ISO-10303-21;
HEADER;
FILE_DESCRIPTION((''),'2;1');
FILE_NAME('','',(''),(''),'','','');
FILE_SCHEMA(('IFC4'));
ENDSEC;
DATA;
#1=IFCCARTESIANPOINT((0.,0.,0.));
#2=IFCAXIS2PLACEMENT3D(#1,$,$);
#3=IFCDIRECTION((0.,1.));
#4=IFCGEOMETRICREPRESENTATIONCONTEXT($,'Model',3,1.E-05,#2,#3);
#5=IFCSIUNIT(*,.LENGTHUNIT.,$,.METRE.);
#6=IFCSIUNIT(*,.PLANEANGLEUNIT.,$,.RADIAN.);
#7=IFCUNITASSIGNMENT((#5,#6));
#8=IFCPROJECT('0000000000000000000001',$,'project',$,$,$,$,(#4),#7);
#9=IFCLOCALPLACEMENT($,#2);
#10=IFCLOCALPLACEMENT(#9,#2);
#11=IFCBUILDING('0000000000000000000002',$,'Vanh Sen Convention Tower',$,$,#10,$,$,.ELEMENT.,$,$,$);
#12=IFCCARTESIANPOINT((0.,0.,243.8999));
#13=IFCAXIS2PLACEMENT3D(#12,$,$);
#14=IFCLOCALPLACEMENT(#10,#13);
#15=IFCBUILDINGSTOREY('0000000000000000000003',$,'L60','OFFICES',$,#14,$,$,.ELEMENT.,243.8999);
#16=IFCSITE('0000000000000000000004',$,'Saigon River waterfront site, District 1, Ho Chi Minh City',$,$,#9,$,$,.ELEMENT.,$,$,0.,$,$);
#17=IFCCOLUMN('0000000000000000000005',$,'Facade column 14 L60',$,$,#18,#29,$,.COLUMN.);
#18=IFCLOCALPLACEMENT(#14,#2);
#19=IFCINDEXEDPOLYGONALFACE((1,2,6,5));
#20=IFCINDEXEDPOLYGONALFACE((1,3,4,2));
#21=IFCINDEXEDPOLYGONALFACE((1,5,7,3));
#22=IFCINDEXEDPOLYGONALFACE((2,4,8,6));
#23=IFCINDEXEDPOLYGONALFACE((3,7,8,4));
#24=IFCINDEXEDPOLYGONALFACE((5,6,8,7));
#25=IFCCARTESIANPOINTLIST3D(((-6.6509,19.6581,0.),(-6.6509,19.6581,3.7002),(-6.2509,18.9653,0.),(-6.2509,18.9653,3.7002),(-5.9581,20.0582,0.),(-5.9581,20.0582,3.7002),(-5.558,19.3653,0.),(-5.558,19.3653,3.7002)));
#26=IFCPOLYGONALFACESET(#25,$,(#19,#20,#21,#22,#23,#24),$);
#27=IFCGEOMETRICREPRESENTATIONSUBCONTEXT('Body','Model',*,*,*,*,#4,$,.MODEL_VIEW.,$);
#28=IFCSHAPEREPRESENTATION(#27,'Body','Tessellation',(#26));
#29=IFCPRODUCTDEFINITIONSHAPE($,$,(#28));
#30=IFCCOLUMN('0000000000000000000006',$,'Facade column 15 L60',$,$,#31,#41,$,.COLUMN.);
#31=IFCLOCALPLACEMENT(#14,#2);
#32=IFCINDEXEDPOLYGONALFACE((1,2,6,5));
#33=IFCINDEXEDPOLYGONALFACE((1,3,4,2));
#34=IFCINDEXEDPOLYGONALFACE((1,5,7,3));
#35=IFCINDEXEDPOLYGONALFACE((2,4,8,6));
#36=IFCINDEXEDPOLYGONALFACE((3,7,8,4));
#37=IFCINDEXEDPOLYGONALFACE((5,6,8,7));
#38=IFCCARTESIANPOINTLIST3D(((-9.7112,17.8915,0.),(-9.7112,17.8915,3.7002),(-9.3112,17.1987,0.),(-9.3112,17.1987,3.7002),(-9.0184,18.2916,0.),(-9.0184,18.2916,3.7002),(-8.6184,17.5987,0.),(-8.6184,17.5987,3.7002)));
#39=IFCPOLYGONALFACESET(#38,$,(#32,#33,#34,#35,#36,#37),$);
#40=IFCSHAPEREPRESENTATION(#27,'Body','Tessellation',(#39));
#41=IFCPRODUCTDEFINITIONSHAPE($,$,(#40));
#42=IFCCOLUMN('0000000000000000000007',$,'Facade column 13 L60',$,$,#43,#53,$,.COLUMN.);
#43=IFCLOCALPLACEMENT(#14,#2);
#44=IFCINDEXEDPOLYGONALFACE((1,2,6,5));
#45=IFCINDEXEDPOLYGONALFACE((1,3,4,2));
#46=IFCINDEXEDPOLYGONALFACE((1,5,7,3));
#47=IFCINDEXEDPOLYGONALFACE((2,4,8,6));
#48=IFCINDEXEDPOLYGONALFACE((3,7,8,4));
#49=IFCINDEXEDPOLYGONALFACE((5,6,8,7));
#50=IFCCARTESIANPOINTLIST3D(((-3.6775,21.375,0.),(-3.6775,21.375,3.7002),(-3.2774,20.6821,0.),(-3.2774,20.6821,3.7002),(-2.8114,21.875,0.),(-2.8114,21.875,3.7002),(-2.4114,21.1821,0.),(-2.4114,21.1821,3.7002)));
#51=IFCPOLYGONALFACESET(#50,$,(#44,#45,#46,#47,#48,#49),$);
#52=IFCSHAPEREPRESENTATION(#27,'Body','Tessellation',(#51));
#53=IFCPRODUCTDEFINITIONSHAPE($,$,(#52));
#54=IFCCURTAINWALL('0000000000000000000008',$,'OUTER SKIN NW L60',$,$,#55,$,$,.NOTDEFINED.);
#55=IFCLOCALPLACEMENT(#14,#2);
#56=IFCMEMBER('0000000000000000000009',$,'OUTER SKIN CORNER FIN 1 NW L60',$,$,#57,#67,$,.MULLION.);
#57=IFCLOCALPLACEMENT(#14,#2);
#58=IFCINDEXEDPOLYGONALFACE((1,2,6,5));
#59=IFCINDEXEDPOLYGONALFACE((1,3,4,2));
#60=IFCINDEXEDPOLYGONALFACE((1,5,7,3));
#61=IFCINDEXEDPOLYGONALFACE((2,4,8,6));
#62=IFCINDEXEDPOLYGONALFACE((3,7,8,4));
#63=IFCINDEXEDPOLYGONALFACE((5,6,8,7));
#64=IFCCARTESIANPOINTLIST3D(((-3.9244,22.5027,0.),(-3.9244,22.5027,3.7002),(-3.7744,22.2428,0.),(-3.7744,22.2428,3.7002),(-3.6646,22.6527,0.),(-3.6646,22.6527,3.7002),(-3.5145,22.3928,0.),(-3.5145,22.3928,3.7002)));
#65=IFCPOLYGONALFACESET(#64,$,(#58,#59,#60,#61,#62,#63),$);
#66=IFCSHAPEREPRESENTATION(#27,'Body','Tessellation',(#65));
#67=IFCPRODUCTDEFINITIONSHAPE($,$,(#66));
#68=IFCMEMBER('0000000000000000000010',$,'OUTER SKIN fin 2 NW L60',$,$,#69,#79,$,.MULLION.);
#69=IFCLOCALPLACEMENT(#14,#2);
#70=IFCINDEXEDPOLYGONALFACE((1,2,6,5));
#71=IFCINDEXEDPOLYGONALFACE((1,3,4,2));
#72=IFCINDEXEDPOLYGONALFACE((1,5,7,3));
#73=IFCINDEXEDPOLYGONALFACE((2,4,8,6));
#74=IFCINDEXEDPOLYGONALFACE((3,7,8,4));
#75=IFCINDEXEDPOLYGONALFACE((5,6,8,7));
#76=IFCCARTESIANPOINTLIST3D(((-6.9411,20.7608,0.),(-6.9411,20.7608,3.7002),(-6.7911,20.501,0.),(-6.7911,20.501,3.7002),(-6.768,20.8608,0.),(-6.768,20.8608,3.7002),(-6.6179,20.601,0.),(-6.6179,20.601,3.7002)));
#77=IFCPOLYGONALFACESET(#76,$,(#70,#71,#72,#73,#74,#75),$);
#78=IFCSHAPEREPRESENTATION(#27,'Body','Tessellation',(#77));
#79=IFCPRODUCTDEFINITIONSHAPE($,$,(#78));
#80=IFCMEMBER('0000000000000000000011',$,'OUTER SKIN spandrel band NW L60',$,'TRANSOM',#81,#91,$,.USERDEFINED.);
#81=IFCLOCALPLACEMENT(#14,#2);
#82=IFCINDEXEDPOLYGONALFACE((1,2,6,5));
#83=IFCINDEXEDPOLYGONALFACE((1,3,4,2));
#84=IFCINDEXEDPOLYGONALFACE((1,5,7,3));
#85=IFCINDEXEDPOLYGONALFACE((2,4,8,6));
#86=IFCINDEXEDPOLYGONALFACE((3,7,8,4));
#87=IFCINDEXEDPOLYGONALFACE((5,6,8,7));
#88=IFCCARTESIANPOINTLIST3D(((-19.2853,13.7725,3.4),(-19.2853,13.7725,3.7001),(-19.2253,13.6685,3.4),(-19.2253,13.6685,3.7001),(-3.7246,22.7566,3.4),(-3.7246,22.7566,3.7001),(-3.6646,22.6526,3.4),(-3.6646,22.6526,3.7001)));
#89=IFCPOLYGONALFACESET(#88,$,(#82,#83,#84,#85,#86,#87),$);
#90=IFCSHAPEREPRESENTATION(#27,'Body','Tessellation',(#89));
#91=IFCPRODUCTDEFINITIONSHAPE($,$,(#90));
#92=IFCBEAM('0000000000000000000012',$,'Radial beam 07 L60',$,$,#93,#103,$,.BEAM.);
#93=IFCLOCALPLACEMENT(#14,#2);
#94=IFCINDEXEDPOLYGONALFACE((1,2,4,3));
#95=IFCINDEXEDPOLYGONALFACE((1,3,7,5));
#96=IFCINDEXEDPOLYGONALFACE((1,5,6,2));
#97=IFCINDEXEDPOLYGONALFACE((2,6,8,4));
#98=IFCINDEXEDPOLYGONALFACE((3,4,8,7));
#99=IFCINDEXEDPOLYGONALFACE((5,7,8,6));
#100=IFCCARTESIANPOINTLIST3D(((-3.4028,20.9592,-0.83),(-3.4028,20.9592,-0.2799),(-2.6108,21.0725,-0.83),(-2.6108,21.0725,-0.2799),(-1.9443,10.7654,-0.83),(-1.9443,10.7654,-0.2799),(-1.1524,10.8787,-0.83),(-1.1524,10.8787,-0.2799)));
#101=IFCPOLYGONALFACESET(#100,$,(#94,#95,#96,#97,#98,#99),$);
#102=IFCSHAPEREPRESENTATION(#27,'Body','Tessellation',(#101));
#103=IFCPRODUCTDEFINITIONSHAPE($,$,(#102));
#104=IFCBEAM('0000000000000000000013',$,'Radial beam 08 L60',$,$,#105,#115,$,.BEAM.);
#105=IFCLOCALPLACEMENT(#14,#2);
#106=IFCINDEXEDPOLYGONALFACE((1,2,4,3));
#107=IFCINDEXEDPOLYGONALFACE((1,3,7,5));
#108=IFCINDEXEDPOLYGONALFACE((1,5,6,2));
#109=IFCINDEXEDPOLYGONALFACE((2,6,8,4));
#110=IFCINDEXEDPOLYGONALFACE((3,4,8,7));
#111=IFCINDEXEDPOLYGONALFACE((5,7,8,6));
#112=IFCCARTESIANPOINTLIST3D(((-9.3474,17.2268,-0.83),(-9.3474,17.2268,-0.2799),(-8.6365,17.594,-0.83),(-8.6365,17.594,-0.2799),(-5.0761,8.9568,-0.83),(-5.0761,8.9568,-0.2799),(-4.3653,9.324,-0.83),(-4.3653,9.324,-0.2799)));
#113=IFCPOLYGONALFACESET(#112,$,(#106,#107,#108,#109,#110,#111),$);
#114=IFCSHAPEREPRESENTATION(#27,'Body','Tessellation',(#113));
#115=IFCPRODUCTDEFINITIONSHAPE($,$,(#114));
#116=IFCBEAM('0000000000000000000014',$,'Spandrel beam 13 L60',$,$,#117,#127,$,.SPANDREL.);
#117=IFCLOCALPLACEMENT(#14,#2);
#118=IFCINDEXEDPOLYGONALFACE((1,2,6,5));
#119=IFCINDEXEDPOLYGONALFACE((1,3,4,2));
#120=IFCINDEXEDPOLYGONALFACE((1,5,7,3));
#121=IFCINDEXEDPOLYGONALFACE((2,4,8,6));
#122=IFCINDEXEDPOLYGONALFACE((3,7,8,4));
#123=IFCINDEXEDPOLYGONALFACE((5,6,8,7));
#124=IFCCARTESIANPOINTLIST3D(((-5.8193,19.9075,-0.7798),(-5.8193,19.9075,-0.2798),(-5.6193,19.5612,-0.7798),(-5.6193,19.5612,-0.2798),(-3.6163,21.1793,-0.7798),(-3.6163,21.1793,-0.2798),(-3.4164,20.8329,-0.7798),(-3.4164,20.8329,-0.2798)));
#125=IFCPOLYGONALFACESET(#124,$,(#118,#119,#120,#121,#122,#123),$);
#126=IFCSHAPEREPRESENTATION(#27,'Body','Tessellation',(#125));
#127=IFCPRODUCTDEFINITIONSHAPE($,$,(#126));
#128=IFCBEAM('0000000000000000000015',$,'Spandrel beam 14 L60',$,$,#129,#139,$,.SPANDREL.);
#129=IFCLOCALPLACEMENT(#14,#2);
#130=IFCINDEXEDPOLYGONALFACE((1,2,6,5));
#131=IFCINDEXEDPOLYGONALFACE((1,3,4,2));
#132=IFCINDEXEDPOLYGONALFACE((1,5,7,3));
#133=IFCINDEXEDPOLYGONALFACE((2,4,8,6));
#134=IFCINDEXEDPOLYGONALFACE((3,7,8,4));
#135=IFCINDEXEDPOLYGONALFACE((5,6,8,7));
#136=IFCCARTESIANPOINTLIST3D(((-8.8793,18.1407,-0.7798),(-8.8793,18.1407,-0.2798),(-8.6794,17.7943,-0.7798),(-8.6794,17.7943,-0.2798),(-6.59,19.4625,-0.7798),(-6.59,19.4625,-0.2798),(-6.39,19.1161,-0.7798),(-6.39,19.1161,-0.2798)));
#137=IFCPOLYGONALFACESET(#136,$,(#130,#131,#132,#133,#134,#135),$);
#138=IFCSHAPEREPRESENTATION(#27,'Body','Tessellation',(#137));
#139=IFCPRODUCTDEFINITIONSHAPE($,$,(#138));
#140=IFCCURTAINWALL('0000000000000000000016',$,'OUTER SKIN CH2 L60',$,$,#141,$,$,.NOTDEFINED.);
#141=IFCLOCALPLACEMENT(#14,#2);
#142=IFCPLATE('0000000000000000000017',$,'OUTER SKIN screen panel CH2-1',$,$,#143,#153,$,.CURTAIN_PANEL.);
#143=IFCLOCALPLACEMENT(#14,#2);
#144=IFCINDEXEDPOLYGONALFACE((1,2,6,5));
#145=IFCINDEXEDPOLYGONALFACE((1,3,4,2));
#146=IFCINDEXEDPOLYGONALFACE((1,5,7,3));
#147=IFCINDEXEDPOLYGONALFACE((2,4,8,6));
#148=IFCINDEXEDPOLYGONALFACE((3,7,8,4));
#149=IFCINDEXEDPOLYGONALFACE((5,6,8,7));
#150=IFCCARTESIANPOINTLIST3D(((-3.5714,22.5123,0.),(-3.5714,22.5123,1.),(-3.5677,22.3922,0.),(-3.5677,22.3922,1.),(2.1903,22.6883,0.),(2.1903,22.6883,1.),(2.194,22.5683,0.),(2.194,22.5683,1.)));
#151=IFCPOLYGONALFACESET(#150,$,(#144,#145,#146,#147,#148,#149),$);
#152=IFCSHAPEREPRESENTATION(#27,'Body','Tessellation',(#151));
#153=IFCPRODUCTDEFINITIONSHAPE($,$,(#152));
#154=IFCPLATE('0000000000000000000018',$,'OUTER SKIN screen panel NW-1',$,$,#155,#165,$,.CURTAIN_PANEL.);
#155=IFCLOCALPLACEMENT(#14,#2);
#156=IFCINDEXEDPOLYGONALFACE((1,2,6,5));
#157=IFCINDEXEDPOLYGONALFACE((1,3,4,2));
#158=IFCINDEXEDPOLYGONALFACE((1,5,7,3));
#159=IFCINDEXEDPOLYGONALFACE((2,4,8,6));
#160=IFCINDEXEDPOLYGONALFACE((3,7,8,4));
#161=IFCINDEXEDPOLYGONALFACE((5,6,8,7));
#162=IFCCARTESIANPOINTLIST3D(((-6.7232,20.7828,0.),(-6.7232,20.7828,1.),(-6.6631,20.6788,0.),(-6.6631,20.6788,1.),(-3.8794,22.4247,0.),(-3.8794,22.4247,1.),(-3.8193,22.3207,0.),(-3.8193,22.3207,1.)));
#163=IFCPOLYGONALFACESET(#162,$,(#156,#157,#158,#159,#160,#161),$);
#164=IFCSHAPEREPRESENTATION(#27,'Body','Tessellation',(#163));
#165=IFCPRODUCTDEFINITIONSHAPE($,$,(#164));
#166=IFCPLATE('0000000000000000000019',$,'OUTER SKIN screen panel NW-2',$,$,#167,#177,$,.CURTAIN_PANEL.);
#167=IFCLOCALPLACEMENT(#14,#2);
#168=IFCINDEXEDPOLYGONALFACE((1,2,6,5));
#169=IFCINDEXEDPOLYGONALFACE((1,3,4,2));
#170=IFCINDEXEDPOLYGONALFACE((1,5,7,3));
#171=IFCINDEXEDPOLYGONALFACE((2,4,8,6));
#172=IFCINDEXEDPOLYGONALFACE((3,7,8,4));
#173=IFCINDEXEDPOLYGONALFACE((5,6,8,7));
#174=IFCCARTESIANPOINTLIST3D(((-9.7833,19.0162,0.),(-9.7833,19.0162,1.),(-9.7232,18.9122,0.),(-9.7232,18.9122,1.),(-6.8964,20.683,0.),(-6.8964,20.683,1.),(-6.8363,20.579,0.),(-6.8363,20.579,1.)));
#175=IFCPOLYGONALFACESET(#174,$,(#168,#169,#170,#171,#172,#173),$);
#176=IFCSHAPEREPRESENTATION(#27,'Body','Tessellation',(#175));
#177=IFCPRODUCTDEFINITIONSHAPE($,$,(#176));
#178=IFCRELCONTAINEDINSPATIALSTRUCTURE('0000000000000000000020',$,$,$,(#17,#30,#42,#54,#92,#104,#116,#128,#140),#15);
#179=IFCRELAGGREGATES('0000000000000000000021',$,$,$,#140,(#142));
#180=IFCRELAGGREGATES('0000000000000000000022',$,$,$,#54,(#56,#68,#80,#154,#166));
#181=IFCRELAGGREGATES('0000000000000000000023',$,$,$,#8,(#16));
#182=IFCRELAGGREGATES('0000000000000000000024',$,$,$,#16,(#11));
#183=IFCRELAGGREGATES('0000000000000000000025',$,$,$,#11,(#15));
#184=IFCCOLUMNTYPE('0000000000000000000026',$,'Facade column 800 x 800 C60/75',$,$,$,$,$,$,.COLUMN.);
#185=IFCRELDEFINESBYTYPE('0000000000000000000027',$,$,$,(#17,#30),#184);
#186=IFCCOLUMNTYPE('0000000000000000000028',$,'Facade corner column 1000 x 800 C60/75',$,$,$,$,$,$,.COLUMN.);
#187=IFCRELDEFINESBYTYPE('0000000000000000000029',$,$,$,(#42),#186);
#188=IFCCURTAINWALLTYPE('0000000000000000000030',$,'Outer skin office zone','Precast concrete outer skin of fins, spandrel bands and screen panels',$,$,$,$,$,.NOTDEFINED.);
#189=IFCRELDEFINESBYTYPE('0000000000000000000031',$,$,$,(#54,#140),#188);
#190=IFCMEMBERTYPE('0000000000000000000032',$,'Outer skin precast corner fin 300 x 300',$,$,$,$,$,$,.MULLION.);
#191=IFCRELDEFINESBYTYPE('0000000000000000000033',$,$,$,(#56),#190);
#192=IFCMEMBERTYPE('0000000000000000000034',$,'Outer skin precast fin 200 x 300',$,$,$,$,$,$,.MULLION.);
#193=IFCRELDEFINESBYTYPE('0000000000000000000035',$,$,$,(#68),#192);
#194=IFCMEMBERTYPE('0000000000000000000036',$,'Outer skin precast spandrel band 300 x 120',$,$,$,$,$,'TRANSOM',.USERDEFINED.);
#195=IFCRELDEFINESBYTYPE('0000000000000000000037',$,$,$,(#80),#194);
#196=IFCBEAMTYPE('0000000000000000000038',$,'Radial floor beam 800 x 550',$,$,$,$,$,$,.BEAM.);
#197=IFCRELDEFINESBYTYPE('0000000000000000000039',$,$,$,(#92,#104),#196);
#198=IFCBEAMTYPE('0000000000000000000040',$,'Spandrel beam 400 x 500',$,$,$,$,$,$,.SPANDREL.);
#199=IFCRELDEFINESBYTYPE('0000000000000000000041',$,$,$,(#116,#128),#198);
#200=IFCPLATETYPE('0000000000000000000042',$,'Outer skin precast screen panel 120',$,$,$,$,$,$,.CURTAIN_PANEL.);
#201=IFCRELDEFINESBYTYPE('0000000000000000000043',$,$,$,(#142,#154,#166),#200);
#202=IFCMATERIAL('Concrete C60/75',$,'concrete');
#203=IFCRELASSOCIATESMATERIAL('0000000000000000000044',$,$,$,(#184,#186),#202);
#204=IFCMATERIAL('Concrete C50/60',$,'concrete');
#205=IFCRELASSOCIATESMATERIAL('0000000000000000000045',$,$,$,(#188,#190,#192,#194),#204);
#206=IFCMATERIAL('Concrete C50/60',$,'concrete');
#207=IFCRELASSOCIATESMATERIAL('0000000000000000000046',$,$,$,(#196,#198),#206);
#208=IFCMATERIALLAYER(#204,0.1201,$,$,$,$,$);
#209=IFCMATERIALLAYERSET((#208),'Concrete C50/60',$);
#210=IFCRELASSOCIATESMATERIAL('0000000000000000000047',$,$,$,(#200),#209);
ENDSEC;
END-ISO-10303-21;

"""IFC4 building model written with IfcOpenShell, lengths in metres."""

from ifc_helpers import new_model, si_unit, direction, frame, origin, origin_2d, place, context, subcontext, project, spatial, rectangle, extrude, material, layer, layer_set, material_profile, profile_set, type_object, element, aggregate, save


model = new_model("IFC4")

# Units and contexts
model_context = context("Model", 3, precision=1e-05, world=origin(), true_north=direction((0.0, 1.0)))
body_context = subcontext(model_context, "Body", "Model", "MODEL_VIEW")
ifc_project = project(units=[si_unit("LENGTHUNIT", "METRE"), si_unit("PLANEANGLEUNIT", "RADIAN")], contexts=[model_context])

# Site, building, storey
site_placement = place(None, origin())
site = spatial("IfcSite", under=ifc_project, at=site_placement, Name="Saigon River waterfront site, District 1, Ho Chi Minh City", CompositionType="ELEMENT", RefElevation=0.0)
building_placement = place(site_placement, origin())
building = spatial("IfcBuilding", under=site, at=building_placement, Name="Vanh Sen Convention Tower", CompositionType="ELEMENT")
storey_placement = place(building_placement, frame((0.0, 0.0, 243.8999)))
storey = spatial("IfcBuildingStorey", under=building, at=storey_placement, Name="L60", Description="OFFICES", CompositionType="ELEMENT", Elevation=243.8999)

# Columns
ifc_material_1 = material(Name="Concrete C60/75", Category="concrete")
ifc_material_profile_1 = material_profile(ifc_material_1, rectangle(XDim=0.8, YDim=0.8, at=origin_2d()), Name="RC 800X800")
ifc_profile_set_1 = profile_set([ifc_material_profile_1], Name="Concrete C60/75")
column_type_1 = type_object("IfcColumnType", Name="Facade column 800 x 800 C60/75", PredefinedType="COLUMN", material=ifc_profile_set_1)
for number, where, z_axis, x_axis, name in (
    (1, (-6.1045, 19.5117, 0.0), (0.0, 0.0, 1.0), (-0.866025, -0.5, 0.0), "Facade column 14 L60"),
    (2, (-9.1648, 17.7451, 0.0), (0.0, 0.0, 1.0), (-0.866025, -0.5, 0.0), "Facade column 15 L60"),
):
    element("IfcColumn", number, at=place(storey_placement, frame(where, z_axis=z_axis, x_axis=x_axis)), inside=storey, type_object=column_type_1, Name=name, PredefinedType="COLUMN", context=body_context, shape_type="SweptSolid", body=[
        extrude(rectangle(XDim=0.8, YDim=0.8, at=origin_2d()), origin(), (0.0, 0.0, 1.0), 3.7002),
    ])
ifc_material_profile_2 = material_profile(ifc_material_1, rectangle(XDim=1.0, YDim=0.8, at=origin_2d()), Name="RC 1000X800")
ifc_profile_set_2 = profile_set([ifc_material_profile_2], Name="Concrete C60/75")
column_type_2 = type_object("IfcColumnType", Name="Facade corner column 1000 x 800 C60/75", PredefinedType="COLUMN", material=ifc_profile_set_2)
column_placement = place(storey_placement, frame((-3.0444, 21.2786, 0.0), z_axis=(0.0, 0.0, 1.0), x_axis=(-0.866025, -0.5, 0.0)))
element("IfcColumn", 3, at=column_placement, inside=storey, type_object=column_type_2, Name="Facade column 13 L60", PredefinedType="COLUMN", context=body_context, shape_type="SweptSolid", body=[
    extrude(rectangle(XDim=1.0, YDim=0.8, at=origin_2d()), origin(), (0.0, 0.0, 1.0), 3.7002),
])

# Curtain wall, members
ifc_material_2 = material(Name="Concrete C50/60", Category="concrete")
curtain_wall_type = type_object("IfcCurtainWallType", Name="Outer skin office zone", Description="Precast concrete outer skin of fins, spandrel bands and screen panels", PredefinedType="NOTDEFINED", material=ifc_material_2)
curtain_wall_1_placement = place(storey_placement, origin())
curtain_wall_1 = element("IfcCurtainWall", 4, at=curtain_wall_1_placement, inside=storey, type_object=curtain_wall_type, Name="OUTER SKIN NW L60", PredefinedType="NOTDEFINED")
ifc_material_profile_3 = material_profile(ifc_material_2, rectangle(XDim=0.3, YDim=0.3, at=origin_2d()), Name="Outer skin precast corner fin 300 x 300")
ifc_profile_set_3 = profile_set([ifc_material_profile_3], Name="Concrete C50/60")
member_type_1 = type_object("IfcMemberType", Name="Outer skin precast corner fin 300 x 300", PredefinedType="MULLION", material=ifc_profile_set_3)
member_1_placement = place(storey_placement, frame((-3.7195, 22.4478, 0.0), z_axis=(0.0, 0.0, 1.0), x_axis=(-0.866025, -0.5, 0.0)))
member_1 = element("IfcMember", 5, at=member_1_placement, type_object=member_type_1, Name="OUTER SKIN CORNER FIN 1 NW L60", PredefinedType="MULLION", context=body_context, shape_type="SweptSolid", body=[
    extrude(rectangle(XDim=0.3, YDim=0.3, at=origin_2d()), origin(), (0.0, 0.0, 1.0), 3.7002),
])
ifc_material_profile_4 = material_profile(ifc_material_2, rectangle(XDim=0.2, YDim=0.3, at=origin_2d()), Name="Outer skin precast fin 200 x 300")
ifc_profile_set_4 = profile_set([ifc_material_profile_4], Name="Concrete C50/60")
member_type_2 = type_object("IfcMemberType", Name="Outer skin precast fin 200 x 300", PredefinedType="MULLION", material=ifc_profile_set_4)
member_2_placement = place(storey_placement, frame((-6.7795, 20.6809, 0.0), z_axis=(0.0, 0.0, 1.0), x_axis=(-0.866025, -0.5, 0.0)))
member_2 = element("IfcMember", 6, at=member_2_placement, type_object=member_type_2, Name="OUTER SKIN fin 2 NW L60", PredefinedType="MULLION", context=body_context, shape_type="SweptSolid", body=[
    extrude(rectangle(XDim=0.2, YDim=0.3, at=origin_2d()), origin(), (0.0, 0.0, 1.0), 3.7002),
])
ifc_material_profile_5 = material_profile(ifc_material_2, rectangle(XDim=0.1201, YDim=0.3, at=origin_2d()), Name="Outer skin precast spandrel band 300 x 120")
ifc_profile_set_5 = profile_set([ifc_material_profile_5], Name="Concrete C50/60")
member_type_3 = type_object("IfcMemberType", Name="Outer skin precast spandrel band 300 x 120", ElementType="TRANSOM", PredefinedType="USERDEFINED", material=ifc_profile_set_5)
member_3_placement = place(storey_placement, frame((-3.6946, 22.7046, 3.55), z_axis=(-0.866023, -0.500004, 0.0), x_axis=(0.500004, -0.866023, 0.0)))
member_3 = element("IfcMember", 7, at=member_3_placement, type_object=member_type_3, Name="OUTER SKIN spandrel band NW L60", ObjectType="TRANSOM", PredefinedType="USERDEFINED", context=body_context, shape_type="SweptSolid", body=[
    extrude(rectangle(XDim=0.1201, YDim=0.3, at=origin_2d()), origin(), (0.0, 0.0, 1.0), 17.968),
])

# Beams
ifc_material_3 = material(Name="Concrete C50/60", Category="concrete")
ifc_material_profile_6 = material_profile(ifc_material_3, rectangle(XDim=0.8, YDim=0.55, at=origin_2d()), Name="RC 800X550")
ifc_profile_set_6 = profile_set([ifc_material_profile_6], Name="Concrete C50/60")
beam_type_1 = type_object("IfcBeamType", Name="Radial floor beam 800 x 550", PredefinedType="BEAM", material=ifc_profile_set_6)
beam_1_placement = place(storey_placement, frame((-3.0068, 21.0159, -0.5549), z_axis=(0.141634, -0.989919, 0.0), x_axis=(0.989919, 0.141634, 0.0)))
element("IfcBeam", 8, at=beam_1_placement, inside=storey, type_object=beam_type_1, Name="Radial beam 07 L60", PredefinedType="BEAM", context=body_context, shape_type="SweptSolid", body=[
    extrude(rectangle(XDim=0.8, YDim=0.55, at=origin_2d()), origin(), (0.0, 0.0, 1.0), 10.2976),
])
beam_2_placement = place(storey_placement, frame((-8.9919, 17.4104, -0.5549), z_axis=(0.458884, -0.888496, 0.0), x_axis=(0.888496, 0.458884, 0.0)))
element("IfcBeam", 9, at=beam_2_placement, inside=storey, type_object=beam_type_1, Name="Radial beam 08 L60", PredefinedType="BEAM", context=body_context, shape_type="SweptSolid", body=[
    extrude(rectangle(XDim=0.8, YDim=0.55, at=origin_2d()), origin(), (0.0, 0.0, 1.0), 9.3079),
])
ifc_material_profile_7 = material_profile(ifc_material_3, rectangle(XDim=0.3999, YDim=0.5, at=origin_2d()), Name="RC 400X500")
ifc_profile_set_7 = profile_set([ifc_material_profile_7], Name="Concrete C50/60")
beam_type_2 = type_object("IfcBeamType", Name="Spandrel beam 400 x 500", PredefinedType="SPANDREL", material=ifc_profile_set_7)
beam_3_placement = place(storey_placement, frame((-3.5164, 21.0061, -0.5298), z_axis=(-0.866043, -0.499969, 0.0), x_axis=(0.499969, -0.866043, 0.0)))
element("IfcBeam", 10, at=beam_3_placement, inside=storey, type_object=beam_type_2, Name="Spandrel beam 13 L60", PredefinedType="SPANDREL", context=body_context, shape_type="SweptSolid", body=[
    extrude(rectangle(XDim=0.3999, YDim=0.5, at=origin_2d()), origin(), (0.0, 0.0, 1.0), 2.5437),
])
beam_4_placement = place(storey_placement, frame((-6.49, 19.2893, -0.5298), z_axis=(-0.866018, -0.500013, 0.0), x_axis=(0.500013, -0.866018, 0.0)))
element("IfcBeam", 11, at=beam_4_placement, inside=storey, type_object=beam_type_2, Name="Spandrel beam 14 L60", PredefinedType="SPANDREL", context=body_context, shape_type="SweptSolid", body=[
    extrude(rectangle(XDim=0.3999, YDim=0.5, at=origin_2d()), origin(), (0.0, 0.0, 1.0), 2.6436),
])

# Curtain wall, plate
curtain_wall_2_placement = place(storey_placement, origin())
curtain_wall_2 = element("IfcCurtainWall", 12, at=curtain_wall_2_placement, inside=storey, type_object=curtain_wall_type, Name="OUTER SKIN CH2 L60", PredefinedType="NOTDEFINED")
ifc_layer_1 = layer(ifc_material_2, 0.1201)
ifc_layer_set_1 = layer_set([ifc_layer_1], Name="Concrete C50/60")
plate_type = type_object("IfcPlateType", Name="Outer skin precast screen panel 120", PredefinedType="CURTAIN_PANEL", material=ifc_layer_set_1)
plate_1_placement = place(storey_placement, frame((-0.6887, 22.5403, 0.0), z_axis=(0.0, 0.0, 1.0), x_axis=(-0.999533, -0.030544, 0.0)))
plate_1 = element("IfcPlate", 13, at=plate_1_placement, type_object=plate_type, Name="OUTER SKIN screen panel CH2-1", PredefinedType="CURTAIN_PANEL", context=body_context, shape_type="SweptSolid", body=[
    extrude(rectangle(XDim=5.7644, YDim=0.1201, at=origin_2d()), origin(), (0.0, 0.0, 1.0), 1.0),
])
aggregate(curtain_wall_2, [plate_1])

# Plates
plate_2_placement = place(storey_placement, frame((-5.2712, 21.5518, 0.0), z_axis=(0.0, 0.0, 1.0), x_axis=(-0.866026, -0.499998, 0.0)))
plate_2 = element("IfcPlate", 14, at=plate_2_placement, type_object=plate_type, Name="OUTER SKIN screen panel NW-1", PredefinedType="CURTAIN_PANEL", context=body_context, shape_type="SweptSolid", body=[
    extrude(rectangle(XDim=3.2837, YDim=0.1201, at=origin_2d()), origin(), (0.0, 0.0, 1.0), 1.0),
])
plate_3_placement = place(storey_placement, frame((-8.3098, 19.7976, 0.0), z_axis=(0.0, 0.0, 1.0), x_axis=(-0.866026, -0.499998, 0.0)))
plate_3 = element("IfcPlate", 15, at=plate_3_placement, type_object=plate_type, Name="OUTER SKIN screen panel NW-2", PredefinedType="CURTAIN_PANEL", context=body_context, shape_type="SweptSolid", body=[
    extrude(rectangle(XDim=3.3335, YDim=0.1201, at=origin_2d()), origin(), (0.0, 0.0, 1.0), 1.0),
])
aggregate(curtain_wall_1, [member_1, member_2, member_3, plate_2, plate_3])

save(model, "model.ifc")
